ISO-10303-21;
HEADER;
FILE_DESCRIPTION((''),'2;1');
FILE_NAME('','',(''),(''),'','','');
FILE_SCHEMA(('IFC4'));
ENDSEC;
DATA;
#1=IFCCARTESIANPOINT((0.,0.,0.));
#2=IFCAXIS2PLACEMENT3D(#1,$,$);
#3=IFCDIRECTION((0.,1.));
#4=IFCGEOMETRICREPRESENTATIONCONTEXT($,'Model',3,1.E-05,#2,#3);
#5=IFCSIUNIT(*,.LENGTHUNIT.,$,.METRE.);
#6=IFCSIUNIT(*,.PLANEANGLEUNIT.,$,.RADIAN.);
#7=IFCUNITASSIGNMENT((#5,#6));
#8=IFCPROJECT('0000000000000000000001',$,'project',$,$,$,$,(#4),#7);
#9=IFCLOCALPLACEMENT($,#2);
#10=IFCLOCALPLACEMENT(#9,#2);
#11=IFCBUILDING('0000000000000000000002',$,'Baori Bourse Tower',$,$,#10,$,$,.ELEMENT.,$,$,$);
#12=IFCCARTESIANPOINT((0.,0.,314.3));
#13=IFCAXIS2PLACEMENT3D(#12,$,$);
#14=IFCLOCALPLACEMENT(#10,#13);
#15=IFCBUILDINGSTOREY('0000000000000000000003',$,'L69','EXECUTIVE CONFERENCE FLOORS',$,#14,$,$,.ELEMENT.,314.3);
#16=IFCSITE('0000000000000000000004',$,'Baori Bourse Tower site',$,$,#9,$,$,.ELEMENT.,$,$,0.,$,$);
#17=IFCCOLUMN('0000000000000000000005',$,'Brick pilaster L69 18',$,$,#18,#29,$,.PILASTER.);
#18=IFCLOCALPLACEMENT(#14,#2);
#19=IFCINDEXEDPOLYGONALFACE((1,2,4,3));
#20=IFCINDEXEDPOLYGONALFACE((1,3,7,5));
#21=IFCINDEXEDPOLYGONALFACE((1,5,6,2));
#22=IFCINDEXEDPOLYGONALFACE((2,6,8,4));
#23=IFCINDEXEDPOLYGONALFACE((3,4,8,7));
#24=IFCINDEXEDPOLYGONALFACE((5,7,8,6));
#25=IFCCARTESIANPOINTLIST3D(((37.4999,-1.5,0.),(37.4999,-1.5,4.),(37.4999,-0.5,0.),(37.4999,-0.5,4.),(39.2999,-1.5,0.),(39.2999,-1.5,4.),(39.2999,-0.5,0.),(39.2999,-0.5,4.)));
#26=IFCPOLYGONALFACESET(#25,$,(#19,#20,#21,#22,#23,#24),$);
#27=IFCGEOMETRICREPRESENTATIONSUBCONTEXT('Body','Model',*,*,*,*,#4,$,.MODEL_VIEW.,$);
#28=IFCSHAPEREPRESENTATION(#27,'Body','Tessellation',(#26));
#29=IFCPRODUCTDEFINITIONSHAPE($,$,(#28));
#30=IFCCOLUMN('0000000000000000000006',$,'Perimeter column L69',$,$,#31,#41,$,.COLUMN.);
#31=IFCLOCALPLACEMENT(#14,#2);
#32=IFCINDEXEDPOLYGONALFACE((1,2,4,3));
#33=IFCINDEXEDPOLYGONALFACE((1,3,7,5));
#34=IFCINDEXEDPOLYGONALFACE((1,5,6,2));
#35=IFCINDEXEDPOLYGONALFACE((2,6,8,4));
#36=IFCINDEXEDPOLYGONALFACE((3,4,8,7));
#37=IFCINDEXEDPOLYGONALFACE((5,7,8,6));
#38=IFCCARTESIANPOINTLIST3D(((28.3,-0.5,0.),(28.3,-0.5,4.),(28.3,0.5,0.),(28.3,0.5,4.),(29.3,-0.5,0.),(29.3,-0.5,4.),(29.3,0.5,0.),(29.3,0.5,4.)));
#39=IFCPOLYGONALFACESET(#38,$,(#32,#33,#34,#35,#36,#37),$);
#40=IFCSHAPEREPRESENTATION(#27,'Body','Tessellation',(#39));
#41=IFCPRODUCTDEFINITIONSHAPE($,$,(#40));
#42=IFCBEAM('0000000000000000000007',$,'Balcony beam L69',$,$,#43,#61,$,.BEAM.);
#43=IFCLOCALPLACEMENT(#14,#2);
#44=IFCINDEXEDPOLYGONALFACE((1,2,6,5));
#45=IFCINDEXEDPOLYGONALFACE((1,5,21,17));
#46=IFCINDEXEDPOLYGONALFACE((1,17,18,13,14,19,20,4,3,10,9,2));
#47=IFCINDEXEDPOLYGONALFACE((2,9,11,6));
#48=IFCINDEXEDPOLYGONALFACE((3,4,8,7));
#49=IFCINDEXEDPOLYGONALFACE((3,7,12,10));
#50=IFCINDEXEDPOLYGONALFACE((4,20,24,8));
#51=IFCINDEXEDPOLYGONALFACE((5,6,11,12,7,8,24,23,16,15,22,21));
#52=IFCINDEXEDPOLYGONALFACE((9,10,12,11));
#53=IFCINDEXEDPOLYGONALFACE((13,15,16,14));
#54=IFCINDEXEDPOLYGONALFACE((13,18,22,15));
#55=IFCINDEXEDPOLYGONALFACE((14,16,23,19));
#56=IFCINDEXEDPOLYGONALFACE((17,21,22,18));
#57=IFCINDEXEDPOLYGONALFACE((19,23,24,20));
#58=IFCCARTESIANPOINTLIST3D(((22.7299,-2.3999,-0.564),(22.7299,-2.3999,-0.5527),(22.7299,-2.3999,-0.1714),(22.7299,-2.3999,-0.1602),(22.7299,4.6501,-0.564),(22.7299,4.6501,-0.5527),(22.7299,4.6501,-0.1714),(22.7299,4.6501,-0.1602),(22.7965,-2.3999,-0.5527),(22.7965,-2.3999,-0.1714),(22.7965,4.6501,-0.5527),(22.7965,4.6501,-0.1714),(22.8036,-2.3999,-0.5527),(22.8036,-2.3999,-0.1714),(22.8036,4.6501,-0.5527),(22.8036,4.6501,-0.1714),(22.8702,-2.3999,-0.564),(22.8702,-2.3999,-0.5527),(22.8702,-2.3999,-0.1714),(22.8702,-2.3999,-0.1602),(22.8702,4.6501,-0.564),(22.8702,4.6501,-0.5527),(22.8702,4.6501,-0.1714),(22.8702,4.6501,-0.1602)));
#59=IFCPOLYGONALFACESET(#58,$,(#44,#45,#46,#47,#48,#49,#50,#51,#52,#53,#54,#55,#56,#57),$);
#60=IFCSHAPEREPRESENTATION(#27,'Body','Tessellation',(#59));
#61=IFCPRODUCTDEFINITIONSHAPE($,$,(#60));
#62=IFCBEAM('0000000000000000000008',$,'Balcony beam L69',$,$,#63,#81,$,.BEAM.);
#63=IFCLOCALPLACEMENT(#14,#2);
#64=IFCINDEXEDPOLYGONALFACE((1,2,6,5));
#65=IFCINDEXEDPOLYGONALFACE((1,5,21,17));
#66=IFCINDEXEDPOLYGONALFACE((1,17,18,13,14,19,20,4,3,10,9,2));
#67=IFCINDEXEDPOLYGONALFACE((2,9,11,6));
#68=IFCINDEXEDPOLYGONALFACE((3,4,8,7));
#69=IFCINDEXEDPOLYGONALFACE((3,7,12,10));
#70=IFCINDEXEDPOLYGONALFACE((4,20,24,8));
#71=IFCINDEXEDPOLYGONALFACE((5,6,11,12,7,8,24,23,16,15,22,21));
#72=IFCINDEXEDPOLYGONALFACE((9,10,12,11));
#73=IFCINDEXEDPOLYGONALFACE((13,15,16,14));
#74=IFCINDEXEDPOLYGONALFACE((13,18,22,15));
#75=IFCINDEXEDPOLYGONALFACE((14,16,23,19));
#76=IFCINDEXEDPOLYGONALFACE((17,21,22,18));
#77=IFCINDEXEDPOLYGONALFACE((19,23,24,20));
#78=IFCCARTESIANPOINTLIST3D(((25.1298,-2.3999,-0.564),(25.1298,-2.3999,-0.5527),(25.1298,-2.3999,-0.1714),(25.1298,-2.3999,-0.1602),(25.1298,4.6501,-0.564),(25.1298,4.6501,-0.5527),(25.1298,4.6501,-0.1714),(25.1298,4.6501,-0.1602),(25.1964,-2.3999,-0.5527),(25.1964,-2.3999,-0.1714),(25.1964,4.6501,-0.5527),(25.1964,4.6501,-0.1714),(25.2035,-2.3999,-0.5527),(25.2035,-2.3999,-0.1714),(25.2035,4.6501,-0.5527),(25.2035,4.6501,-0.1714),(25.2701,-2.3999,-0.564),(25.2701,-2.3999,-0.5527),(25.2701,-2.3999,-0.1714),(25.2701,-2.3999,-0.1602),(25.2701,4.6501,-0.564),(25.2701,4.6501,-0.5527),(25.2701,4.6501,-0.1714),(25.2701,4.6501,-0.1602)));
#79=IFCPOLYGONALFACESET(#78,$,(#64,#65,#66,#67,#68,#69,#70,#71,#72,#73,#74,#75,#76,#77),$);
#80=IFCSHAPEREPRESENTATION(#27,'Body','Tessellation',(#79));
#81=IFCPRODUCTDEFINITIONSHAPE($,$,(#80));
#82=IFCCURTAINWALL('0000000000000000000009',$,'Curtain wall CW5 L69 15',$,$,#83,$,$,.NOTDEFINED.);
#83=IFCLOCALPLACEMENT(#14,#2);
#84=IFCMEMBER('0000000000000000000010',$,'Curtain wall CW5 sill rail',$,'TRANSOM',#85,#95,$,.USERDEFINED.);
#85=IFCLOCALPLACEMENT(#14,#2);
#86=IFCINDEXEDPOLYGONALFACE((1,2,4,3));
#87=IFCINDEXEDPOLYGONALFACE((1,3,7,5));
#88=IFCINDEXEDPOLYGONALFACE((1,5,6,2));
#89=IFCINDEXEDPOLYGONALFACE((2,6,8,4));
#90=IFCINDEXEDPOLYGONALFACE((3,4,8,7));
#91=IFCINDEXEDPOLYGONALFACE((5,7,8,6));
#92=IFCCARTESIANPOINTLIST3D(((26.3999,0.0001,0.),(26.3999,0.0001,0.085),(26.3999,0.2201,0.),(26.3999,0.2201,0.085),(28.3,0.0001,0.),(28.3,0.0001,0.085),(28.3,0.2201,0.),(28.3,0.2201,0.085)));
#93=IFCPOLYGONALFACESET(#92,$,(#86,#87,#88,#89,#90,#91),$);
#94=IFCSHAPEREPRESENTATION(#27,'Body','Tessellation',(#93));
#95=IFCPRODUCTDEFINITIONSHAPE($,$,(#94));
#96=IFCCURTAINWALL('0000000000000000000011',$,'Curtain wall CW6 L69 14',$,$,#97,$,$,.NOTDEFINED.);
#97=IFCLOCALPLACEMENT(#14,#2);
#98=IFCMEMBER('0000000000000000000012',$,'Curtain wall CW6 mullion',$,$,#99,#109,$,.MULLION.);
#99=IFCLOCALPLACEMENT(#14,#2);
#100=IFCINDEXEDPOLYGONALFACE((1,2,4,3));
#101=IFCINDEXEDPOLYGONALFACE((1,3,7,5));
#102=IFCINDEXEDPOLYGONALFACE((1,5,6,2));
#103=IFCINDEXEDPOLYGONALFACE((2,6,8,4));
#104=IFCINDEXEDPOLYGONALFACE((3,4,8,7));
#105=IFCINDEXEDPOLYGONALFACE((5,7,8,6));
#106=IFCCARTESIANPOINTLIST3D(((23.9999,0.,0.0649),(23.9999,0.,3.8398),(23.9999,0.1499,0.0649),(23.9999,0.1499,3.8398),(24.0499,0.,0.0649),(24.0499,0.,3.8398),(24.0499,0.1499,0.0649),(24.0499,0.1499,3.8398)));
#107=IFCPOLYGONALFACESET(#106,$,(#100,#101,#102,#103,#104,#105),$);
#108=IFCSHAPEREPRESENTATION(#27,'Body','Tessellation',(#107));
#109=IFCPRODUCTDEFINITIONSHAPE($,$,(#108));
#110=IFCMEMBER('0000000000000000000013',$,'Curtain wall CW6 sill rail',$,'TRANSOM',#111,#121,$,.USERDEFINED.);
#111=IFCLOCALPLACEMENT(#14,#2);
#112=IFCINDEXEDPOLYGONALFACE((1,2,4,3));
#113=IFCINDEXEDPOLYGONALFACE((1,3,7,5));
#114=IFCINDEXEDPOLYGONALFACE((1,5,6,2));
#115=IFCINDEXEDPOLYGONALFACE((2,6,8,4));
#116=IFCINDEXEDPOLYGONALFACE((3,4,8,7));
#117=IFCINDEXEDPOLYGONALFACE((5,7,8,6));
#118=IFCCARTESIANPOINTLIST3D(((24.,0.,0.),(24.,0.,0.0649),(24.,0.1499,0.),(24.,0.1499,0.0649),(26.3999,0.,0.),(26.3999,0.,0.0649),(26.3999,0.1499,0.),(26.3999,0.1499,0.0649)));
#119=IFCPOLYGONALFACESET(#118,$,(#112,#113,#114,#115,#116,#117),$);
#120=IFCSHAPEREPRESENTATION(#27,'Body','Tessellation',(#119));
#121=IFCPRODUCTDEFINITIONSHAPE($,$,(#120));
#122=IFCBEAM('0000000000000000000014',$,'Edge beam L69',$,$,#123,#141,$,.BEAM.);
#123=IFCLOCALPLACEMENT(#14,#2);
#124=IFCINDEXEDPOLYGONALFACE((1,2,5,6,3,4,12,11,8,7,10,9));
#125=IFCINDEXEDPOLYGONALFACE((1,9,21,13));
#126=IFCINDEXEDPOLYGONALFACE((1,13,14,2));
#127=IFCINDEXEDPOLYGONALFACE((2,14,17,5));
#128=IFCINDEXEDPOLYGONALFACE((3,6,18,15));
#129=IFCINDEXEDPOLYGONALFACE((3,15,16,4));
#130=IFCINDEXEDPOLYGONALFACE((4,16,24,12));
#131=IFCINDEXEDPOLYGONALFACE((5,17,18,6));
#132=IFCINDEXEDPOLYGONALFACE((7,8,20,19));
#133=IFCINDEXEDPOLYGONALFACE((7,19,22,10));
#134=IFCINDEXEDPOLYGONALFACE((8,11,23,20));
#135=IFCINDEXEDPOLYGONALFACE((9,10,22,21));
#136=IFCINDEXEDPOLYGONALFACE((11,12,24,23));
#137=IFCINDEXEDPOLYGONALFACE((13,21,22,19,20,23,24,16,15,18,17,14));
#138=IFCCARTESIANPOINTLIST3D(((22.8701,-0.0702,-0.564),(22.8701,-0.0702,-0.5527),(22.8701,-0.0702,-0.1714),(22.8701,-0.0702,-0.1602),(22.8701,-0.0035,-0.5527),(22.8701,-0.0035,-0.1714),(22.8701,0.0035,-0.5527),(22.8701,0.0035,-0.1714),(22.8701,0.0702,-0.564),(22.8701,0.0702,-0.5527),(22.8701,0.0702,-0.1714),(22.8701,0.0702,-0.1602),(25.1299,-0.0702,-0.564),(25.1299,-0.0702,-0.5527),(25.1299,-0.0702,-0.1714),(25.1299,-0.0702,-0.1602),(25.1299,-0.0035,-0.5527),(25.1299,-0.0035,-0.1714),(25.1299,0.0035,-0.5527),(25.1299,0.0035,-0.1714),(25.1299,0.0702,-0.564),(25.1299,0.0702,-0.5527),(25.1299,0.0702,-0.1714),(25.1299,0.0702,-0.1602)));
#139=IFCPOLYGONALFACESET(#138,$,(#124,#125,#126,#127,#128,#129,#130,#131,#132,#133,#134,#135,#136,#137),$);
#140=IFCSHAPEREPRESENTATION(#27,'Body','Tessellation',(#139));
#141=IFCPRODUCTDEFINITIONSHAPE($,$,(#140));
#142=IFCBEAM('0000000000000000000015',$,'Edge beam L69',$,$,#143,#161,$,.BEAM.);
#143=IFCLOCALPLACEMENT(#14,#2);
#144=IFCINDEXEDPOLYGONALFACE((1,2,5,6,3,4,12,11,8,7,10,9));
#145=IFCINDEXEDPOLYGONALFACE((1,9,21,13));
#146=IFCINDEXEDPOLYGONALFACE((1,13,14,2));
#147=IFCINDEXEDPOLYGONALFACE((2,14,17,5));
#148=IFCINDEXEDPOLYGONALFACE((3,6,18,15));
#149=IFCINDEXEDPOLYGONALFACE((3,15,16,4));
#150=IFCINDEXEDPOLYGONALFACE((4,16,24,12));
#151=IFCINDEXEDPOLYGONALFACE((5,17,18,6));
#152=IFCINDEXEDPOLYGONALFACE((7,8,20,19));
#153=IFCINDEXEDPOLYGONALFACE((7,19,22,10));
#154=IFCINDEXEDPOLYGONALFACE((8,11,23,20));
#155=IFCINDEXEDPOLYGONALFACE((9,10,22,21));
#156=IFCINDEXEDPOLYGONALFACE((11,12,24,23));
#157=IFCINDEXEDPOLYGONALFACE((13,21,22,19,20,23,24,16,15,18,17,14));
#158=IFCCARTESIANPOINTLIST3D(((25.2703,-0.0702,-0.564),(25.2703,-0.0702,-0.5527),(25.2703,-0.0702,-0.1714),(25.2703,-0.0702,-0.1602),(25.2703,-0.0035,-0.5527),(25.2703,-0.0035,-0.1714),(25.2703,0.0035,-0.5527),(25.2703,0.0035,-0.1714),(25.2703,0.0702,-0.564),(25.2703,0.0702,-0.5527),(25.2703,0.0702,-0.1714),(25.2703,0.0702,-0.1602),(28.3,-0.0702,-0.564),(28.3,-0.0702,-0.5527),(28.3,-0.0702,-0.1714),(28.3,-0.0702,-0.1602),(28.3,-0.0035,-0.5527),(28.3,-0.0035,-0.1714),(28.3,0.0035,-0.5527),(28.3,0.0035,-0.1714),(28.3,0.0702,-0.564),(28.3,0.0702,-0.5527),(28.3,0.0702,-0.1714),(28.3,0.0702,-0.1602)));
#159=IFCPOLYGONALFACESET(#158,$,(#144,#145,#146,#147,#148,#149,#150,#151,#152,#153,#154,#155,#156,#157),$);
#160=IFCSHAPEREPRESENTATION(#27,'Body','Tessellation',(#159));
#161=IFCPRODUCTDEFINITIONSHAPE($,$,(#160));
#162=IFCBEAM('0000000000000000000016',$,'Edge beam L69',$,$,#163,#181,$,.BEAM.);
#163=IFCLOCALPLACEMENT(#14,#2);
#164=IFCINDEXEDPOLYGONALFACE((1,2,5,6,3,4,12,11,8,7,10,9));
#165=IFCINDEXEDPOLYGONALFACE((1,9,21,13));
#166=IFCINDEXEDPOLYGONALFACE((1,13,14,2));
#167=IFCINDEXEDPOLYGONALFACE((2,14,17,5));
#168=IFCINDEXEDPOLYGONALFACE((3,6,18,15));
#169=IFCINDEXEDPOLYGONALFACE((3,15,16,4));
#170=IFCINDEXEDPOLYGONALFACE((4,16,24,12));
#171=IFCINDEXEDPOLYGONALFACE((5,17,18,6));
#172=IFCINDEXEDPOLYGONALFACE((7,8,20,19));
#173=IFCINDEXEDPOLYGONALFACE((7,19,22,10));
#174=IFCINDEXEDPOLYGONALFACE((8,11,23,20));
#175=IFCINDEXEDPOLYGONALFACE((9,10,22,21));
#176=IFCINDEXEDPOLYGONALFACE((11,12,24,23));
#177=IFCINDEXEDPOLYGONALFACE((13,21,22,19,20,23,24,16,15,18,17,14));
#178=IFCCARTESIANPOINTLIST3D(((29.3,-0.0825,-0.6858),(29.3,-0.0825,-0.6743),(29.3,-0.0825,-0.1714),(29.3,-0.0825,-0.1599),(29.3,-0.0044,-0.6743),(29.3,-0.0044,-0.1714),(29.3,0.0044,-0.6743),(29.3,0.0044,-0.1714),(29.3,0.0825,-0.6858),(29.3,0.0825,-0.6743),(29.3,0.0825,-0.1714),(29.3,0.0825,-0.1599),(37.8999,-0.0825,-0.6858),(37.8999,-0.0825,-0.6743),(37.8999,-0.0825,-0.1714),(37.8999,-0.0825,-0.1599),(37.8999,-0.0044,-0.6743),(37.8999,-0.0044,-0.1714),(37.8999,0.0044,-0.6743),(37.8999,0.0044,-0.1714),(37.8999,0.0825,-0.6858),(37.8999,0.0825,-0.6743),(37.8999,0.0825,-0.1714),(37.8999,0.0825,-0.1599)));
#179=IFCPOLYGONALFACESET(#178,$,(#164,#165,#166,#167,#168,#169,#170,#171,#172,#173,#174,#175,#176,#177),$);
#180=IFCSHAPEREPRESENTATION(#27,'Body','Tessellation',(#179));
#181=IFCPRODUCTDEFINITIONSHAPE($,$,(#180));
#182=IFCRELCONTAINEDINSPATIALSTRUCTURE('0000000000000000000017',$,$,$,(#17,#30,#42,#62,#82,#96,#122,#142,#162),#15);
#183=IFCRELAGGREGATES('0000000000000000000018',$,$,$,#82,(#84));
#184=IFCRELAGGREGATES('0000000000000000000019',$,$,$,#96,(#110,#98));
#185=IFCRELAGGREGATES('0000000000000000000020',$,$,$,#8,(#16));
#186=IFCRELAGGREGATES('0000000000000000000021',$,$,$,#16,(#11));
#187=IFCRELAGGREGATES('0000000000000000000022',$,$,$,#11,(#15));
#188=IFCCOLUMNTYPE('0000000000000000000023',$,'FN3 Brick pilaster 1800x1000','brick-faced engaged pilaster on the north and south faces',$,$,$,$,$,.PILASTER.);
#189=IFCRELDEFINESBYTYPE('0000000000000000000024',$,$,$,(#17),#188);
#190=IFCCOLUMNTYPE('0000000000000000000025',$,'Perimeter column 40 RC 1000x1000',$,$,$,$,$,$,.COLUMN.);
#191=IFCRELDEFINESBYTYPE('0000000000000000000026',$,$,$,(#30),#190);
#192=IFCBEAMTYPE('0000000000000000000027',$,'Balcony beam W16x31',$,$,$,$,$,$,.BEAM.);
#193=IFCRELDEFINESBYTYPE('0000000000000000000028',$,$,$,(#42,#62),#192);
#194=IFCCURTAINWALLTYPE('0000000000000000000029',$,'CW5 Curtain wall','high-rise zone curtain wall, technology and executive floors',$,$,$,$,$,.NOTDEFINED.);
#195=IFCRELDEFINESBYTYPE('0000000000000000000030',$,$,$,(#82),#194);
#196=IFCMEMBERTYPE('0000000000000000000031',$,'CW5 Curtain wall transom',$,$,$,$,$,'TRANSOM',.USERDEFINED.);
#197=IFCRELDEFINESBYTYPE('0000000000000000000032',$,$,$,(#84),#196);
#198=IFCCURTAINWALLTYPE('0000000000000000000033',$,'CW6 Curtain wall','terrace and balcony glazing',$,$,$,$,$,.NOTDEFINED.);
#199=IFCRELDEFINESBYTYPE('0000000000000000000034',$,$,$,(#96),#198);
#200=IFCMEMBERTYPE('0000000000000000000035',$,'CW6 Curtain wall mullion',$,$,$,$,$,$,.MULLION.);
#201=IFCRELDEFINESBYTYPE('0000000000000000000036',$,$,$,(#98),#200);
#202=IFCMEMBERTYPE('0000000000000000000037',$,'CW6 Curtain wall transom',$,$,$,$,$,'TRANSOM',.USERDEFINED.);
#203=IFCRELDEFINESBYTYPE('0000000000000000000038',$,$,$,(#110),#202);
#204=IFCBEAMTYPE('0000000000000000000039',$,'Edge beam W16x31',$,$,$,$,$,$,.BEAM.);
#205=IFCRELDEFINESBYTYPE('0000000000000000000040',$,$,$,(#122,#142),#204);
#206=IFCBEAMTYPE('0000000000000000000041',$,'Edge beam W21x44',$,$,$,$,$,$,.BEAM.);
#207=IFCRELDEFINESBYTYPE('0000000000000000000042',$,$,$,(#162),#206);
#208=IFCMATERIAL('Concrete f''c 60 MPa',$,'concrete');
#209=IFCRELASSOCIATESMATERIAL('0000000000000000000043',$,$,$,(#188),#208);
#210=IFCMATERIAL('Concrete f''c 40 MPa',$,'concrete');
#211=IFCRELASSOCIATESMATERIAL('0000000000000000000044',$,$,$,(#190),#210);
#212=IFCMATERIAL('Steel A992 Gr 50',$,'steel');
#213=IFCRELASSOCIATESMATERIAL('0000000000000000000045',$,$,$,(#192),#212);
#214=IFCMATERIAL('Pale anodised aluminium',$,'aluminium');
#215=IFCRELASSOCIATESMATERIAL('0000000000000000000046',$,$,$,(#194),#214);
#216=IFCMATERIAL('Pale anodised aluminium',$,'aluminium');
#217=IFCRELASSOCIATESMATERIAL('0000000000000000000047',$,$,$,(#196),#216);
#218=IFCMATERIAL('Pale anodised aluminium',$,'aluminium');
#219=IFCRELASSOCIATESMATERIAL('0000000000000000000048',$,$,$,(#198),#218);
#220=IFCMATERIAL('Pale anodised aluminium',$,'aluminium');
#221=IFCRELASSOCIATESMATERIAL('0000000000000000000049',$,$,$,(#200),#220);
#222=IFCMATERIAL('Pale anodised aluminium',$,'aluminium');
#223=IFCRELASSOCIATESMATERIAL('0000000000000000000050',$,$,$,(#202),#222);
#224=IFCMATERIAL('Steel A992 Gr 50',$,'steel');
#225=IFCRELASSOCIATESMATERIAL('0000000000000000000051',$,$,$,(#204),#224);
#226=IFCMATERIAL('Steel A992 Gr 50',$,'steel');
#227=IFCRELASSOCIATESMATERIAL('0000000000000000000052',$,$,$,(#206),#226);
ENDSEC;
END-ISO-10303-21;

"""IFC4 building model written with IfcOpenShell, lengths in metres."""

from ifc_helpers import new_model, si_unit, direction, frame, origin, origin_2d, place, context, subcontext, project, spatial, rectangle, i_section, extrude, material, material_profile, profile_set, type_object, element, aggregate, save


model = new_model("IFC4")

# Units and contexts
model_context = context("Model", 3, precision=1e-05, world=origin(), true_north=direction((0.0, 1.0)))
body_context = subcontext(model_context, "Body", "Model", "MODEL_VIEW")
ifc_project = project(units=[si_unit("LENGTHUNIT", "METRE"), si_unit("PLANEANGLEUNIT", "RADIAN")], contexts=[model_context])

# Site, building, storey
site_placement = place(None, origin())
site = spatial("IfcSite", under=ifc_project, at=site_placement, Name="Baori Bourse Tower site", CompositionType="ELEMENT", RefElevation=0.0)
building_placement = place(site_placement, origin())
building = spatial("IfcBuilding", under=site, at=building_placement, Name="Baori Bourse Tower", CompositionType="ELEMENT")
storey_placement = place(building_placement, frame((0.0, 0.0, 314.3)))
storey = spatial("IfcBuildingStorey", under=building, at=storey_placement, Name="L69", Description="EXECUTIVE CONFERENCE FLOORS", CompositionType="ELEMENT", Elevation=314.3)

# Columns
ifc_material_1 = material(Name="Concrete f'c 60 MPa", Category="concrete")
ifc_material_profile_1 = material_profile(ifc_material_1, rectangle(XDim=1.8, YDim=1.0, at=origin_2d()), Name="RC 1800x1000")
ifc_profile_set_1 = profile_set([ifc_material_profile_1], Name="Concrete f'c 60 MPa")
column_type_1 = type_object("IfcColumnType", Name="FN3 Brick pilaster 1800x1000", Description="brick-faced engaged pilaster on the north and south faces", PredefinedType="PILASTER", material=ifc_profile_set_1)
column_1_placement = place(storey_placement, frame((38.3999, -1.0, 0.0), z_axis=(0.0, 0.0, 1.0), x_axis=(1.0, 0.0, 0.0)))
element("IfcColumn", 1, at=column_1_placement, inside=storey, type_object=column_type_1, Name="Brick pilaster L69 18", PredefinedType="PILASTER", context=body_context, shape_type="SweptSolid", body=[
    extrude(rectangle(XDim=1.8, YDim=1.0, at=origin_2d()), origin(), (0.0, 0.0, 1.0), 4.0),
])
ifc_material_2 = material(Name="Concrete f'c 40 MPa", Category="concrete")
ifc_material_profile_2 = material_profile(ifc_material_2, rectangle(XDim=1.0, YDim=1.0, at=origin_2d()), Name="RC 1000x1000")
ifc_profile_set_2 = profile_set([ifc_material_profile_2], Name="Concrete f'c 40 MPa")
column_type_2 = type_object("IfcColumnType", Name="Perimeter column 40 RC 1000x1000", PredefinedType="COLUMN", material=ifc_profile_set_2)
column_2_placement = place(storey_placement, frame((28.8, 0.0, 0.0), z_axis=(0.0, 0.0, 1.0), x_axis=(1.0, 0.0, 0.0)))
element("IfcColumn", 2, at=column_2_placement, inside=storey, type_object=column_type_2, Name="Perimeter column L69", PredefinedType="COLUMN", context=body_context, shape_type="SweptSolid", body=[
    extrude(rectangle(XDim=1.0, YDim=1.0, at=origin_2d()), origin(), (0.0, 0.0, 1.0), 4.0),
])

# Beams
ifc_material_3 = material(Name="Steel A992 Gr 50", Category="steel")
ifc_material_profile_3 = material_profile(ifc_material_3, i_section(OverallWidth=0.1404, OverallDepth=0.4038, WebThickness=0.0071, FlangeThickness=0.0112, at=origin_2d()), Name="W16x31")
ifc_profile_set_3 = profile_set([ifc_material_profile_3], Name="Steel A992 Gr 50")
beam_type_1 = type_object("IfcBeamType", Name="Balcony beam W16x31", PredefinedType="BEAM", material=ifc_profile_set_3)
for number, where, z_axis, x_axis, name in (
    (3, (22.8, -2.3999, -0.3621), (0.0, 1.0, 0.0), (-1.0, 0.0, 0.0), "Balcony beam L69"),
    (4, (25.2, -2.3999, -0.3621), (0.0, 1.0, 0.0), (-1.0, 0.0, 0.0), "Balcony beam L69"),
):
    element("IfcBeam", number, at=place(storey_placement, frame(where, z_axis=z_axis, x_axis=x_axis)), inside=storey, type_object=beam_type_1, Name=name, PredefinedType="BEAM", context=body_context, shape_type="SweptSolid", body=[
        extrude(i_section(OverallWidth=0.1404, OverallDepth=0.4038, WebThickness=0.0071, FlangeThickness=0.0112, at=origin_2d()), origin(), (0.0, 0.0, 1.0), 7.05),
    ])

# Curtain wall, member
ifc_material_4 = material(Name="Pale anodised aluminium", Category="aluminium")
curtain_wall_type_1 = type_object("IfcCurtainWallType", Name="CW5 Curtain wall", Description="high-rise zone curtain wall, technology and executive floors", PredefinedType="NOTDEFINED", material=ifc_material_4)
curtain_wall_1_placement = place(storey_placement, origin())
curtain_wall_1 = element("IfcCurtainWall", 5, at=curtain_wall_1_placement, inside=storey, type_object=curtain_wall_type_1, Name="Curtain wall CW5 L69 15", PredefinedType="NOTDEFINED")
ifc_material_5 = material(Name="Pale anodised aluminium", Category="aluminium")
ifc_material_profile_4 = material_profile(ifc_material_5, rectangle(XDim=0.22, YDim=0.085, at=origin_2d()), Name="Transom 85x220")
ifc_profile_set_4 = profile_set([ifc_material_profile_4], Name="Pale anodised aluminium")
member_type_1 = type_object("IfcMemberType", Name="CW5 Curtain wall transom", ElementType="TRANSOM", PredefinedType="USERDEFINED", material=ifc_profile_set_4)
member_1_placement = place(storey_placement, frame((26.3999, 0.1101, 0.0425), z_axis=(1.0, 0.0, 0.0), x_axis=(0.0, 1.0, 0.0)))
member_1 = element("IfcMember", 6, at=member_1_placement, type_object=member_type_1, Name="Curtain wall CW5 sill rail", ObjectType="TRANSOM", PredefinedType="USERDEFINED", context=body_context, shape_type="SweptSolid", body=[
    extrude(rectangle(XDim=0.22, YDim=0.085, at=origin_2d()), origin(), (0.0, 0.0, 1.0), 1.9001),
])
aggregate(curtain_wall_1, [member_1])

# Curtain wall, members
ifc_material_6 = material(Name="Pale anodised aluminium", Category="aluminium")
curtain_wall_type_2 = type_object("IfcCurtainWallType", Name="CW6 Curtain wall", Description="terrace and balcony glazing", PredefinedType="NOTDEFINED", material=ifc_material_6)
curtain_wall_2_placement = place(storey_placement, origin())
curtain_wall_2 = element("IfcCurtainWall", 7, at=curtain_wall_2_placement, inside=storey, type_object=curtain_wall_type_2, Name="Curtain wall CW6 L69 14", PredefinedType="NOTDEFINED")
ifc_material_7 = material(Name="Pale anodised aluminium", Category="aluminium")
ifc_material_profile_5 = material_profile(ifc_material_7, rectangle(XDim=0.1499, YDim=0.05, at=origin_2d()), Name="Mullion 50x150")
ifc_profile_set_5 = profile_set([ifc_material_profile_5], Name="Pale anodised aluminium")
member_type_2 = type_object("IfcMemberType", Name="CW6 Curtain wall mullion", PredefinedType="MULLION", material=ifc_profile_set_5)
member_2_placement = place(storey_placement, frame((24.0249, 0.075, 0.0649), z_axis=(0.0, 0.0, 1.0), x_axis=(0.0, 1.0, 0.0)))
member_2 = element("IfcMember", 8, at=member_2_placement, type_object=member_type_2, Name="Curtain wall CW6 mullion", PredefinedType="MULLION", context=body_context, shape_type="SweptSolid", body=[
    extrude(rectangle(XDim=0.1499, YDim=0.05, at=origin_2d()), origin(), (0.0, 0.0, 1.0), 3.7749),
])
ifc_material_8 = material(Name="Pale anodised aluminium", Category="aluminium")
ifc_material_profile_6 = material_profile(ifc_material_8, rectangle(XDim=0.1499, YDim=0.0649, at=origin_2d()), Name="Transom 65x150")
ifc_profile_set_6 = profile_set([ifc_material_profile_6], Name="Pale anodised aluminium")
member_type_3 = type_object("IfcMemberType", Name="CW6 Curtain wall transom", ElementType="TRANSOM", PredefinedType="USERDEFINED", material=ifc_profile_set_6)
member_3_placement = place(storey_placement, frame((24.0, 0.075, 0.0325), z_axis=(1.0, 0.0, 0.0), x_axis=(0.0, 1.0, 0.0)))
member_3 = element("IfcMember", 9, at=member_3_placement, type_object=member_type_3, Name="Curtain wall CW6 sill rail", ObjectType="TRANSOM", PredefinedType="USERDEFINED", context=body_context, shape_type="SweptSolid", body=[
    extrude(rectangle(XDim=0.1499, YDim=0.0649, at=origin_2d()), origin(), (0.0, 0.0, 1.0), 2.3999),
])

# Beams
ifc_material_9 = material(Name="Steel A992 Gr 50", Category="steel")
ifc_material_profile_7 = material_profile(ifc_material_9, i_section(OverallWidth=0.1404, OverallDepth=0.4038, WebThickness=0.0071, FlangeThickness=0.0112, at=origin_2d()), Name="W16x31")
ifc_profile_set_7 = profile_set([ifc_material_profile_7], Name="Steel A992 Gr 50")
beam_type_2 = type_object("IfcBeamType", Name="Edge beam W16x31", PredefinedType="BEAM", material=ifc_profile_set_7)
beam_1_placement = place(storey_placement, frame((22.8701, 0.0, -0.3621), z_axis=(1.0, 0.0, 0.0), x_axis=(0.0, 1.0, 0.0)))
element("IfcBeam", 10, at=beam_1_placement, inside=storey, type_object=beam_type_2, Name="Edge beam L69", PredefinedType="BEAM", context=body_context, shape_type="SweptSolid", body=[
    extrude(i_section(OverallWidth=0.1404, OverallDepth=0.4038, WebThickness=0.0071, FlangeThickness=0.0112, at=origin_2d()), origin(), (0.0, 0.0, 1.0), 2.2598),
])
beam_2_placement = place(storey_placement, frame((25.2703, 0.0, -0.3621), z_axis=(1.0, 0.0, 0.0), x_axis=(0.0, 1.0, 0.0)))
element("IfcBeam", 11, at=beam_2_placement, inside=storey, type_object=beam_type_2, Name="Edge beam L69", PredefinedType="BEAM", context=body_context, shape_type="SweptSolid", body=[
    extrude(i_section(OverallWidth=0.1404, OverallDepth=0.4038, WebThickness=0.0071, FlangeThickness=0.0112, at=origin_2d()), origin(), (0.0, 0.0, 1.0), 3.0298),
])
ifc_material_10 = material(Name="Steel A992 Gr 50", Category="steel")
ifc_material_profile_8 = material_profile(ifc_material_10, i_section(OverallWidth=0.165, OverallDepth=0.5259, WebThickness=0.0088, FlangeThickness=0.0115, at=origin_2d()), Name="W21x44")
ifc_profile_set_8 = profile_set([ifc_material_profile_8], Name="Steel A992 Gr 50")
beam_type_3 = type_object("IfcBeamType", Name="Edge beam W21x44", PredefinedType="BEAM", material=ifc_profile_set_8)
beam_3_placement = place(storey_placement, frame((29.3, 0.0, -0.4229), z_axis=(1.0, 0.0, 0.0), x_axis=(0.0, 1.0, 0.0)))
element("IfcBeam", 12, at=beam_3_placement, inside=storey, type_object=beam_type_3, Name="Edge beam L69", PredefinedType="BEAM", context=body_context, shape_type="SweptSolid", body=[
    extrude(i_section(OverallWidth=0.165, OverallDepth=0.5259, WebThickness=0.0088, FlangeThickness=0.0115, at=origin_2d()), origin(), (0.0, 0.0, 1.0), 8.5999),
])

aggregate(curtain_wall_2, [member_3, member_2])

save(model, "model.ifc")
